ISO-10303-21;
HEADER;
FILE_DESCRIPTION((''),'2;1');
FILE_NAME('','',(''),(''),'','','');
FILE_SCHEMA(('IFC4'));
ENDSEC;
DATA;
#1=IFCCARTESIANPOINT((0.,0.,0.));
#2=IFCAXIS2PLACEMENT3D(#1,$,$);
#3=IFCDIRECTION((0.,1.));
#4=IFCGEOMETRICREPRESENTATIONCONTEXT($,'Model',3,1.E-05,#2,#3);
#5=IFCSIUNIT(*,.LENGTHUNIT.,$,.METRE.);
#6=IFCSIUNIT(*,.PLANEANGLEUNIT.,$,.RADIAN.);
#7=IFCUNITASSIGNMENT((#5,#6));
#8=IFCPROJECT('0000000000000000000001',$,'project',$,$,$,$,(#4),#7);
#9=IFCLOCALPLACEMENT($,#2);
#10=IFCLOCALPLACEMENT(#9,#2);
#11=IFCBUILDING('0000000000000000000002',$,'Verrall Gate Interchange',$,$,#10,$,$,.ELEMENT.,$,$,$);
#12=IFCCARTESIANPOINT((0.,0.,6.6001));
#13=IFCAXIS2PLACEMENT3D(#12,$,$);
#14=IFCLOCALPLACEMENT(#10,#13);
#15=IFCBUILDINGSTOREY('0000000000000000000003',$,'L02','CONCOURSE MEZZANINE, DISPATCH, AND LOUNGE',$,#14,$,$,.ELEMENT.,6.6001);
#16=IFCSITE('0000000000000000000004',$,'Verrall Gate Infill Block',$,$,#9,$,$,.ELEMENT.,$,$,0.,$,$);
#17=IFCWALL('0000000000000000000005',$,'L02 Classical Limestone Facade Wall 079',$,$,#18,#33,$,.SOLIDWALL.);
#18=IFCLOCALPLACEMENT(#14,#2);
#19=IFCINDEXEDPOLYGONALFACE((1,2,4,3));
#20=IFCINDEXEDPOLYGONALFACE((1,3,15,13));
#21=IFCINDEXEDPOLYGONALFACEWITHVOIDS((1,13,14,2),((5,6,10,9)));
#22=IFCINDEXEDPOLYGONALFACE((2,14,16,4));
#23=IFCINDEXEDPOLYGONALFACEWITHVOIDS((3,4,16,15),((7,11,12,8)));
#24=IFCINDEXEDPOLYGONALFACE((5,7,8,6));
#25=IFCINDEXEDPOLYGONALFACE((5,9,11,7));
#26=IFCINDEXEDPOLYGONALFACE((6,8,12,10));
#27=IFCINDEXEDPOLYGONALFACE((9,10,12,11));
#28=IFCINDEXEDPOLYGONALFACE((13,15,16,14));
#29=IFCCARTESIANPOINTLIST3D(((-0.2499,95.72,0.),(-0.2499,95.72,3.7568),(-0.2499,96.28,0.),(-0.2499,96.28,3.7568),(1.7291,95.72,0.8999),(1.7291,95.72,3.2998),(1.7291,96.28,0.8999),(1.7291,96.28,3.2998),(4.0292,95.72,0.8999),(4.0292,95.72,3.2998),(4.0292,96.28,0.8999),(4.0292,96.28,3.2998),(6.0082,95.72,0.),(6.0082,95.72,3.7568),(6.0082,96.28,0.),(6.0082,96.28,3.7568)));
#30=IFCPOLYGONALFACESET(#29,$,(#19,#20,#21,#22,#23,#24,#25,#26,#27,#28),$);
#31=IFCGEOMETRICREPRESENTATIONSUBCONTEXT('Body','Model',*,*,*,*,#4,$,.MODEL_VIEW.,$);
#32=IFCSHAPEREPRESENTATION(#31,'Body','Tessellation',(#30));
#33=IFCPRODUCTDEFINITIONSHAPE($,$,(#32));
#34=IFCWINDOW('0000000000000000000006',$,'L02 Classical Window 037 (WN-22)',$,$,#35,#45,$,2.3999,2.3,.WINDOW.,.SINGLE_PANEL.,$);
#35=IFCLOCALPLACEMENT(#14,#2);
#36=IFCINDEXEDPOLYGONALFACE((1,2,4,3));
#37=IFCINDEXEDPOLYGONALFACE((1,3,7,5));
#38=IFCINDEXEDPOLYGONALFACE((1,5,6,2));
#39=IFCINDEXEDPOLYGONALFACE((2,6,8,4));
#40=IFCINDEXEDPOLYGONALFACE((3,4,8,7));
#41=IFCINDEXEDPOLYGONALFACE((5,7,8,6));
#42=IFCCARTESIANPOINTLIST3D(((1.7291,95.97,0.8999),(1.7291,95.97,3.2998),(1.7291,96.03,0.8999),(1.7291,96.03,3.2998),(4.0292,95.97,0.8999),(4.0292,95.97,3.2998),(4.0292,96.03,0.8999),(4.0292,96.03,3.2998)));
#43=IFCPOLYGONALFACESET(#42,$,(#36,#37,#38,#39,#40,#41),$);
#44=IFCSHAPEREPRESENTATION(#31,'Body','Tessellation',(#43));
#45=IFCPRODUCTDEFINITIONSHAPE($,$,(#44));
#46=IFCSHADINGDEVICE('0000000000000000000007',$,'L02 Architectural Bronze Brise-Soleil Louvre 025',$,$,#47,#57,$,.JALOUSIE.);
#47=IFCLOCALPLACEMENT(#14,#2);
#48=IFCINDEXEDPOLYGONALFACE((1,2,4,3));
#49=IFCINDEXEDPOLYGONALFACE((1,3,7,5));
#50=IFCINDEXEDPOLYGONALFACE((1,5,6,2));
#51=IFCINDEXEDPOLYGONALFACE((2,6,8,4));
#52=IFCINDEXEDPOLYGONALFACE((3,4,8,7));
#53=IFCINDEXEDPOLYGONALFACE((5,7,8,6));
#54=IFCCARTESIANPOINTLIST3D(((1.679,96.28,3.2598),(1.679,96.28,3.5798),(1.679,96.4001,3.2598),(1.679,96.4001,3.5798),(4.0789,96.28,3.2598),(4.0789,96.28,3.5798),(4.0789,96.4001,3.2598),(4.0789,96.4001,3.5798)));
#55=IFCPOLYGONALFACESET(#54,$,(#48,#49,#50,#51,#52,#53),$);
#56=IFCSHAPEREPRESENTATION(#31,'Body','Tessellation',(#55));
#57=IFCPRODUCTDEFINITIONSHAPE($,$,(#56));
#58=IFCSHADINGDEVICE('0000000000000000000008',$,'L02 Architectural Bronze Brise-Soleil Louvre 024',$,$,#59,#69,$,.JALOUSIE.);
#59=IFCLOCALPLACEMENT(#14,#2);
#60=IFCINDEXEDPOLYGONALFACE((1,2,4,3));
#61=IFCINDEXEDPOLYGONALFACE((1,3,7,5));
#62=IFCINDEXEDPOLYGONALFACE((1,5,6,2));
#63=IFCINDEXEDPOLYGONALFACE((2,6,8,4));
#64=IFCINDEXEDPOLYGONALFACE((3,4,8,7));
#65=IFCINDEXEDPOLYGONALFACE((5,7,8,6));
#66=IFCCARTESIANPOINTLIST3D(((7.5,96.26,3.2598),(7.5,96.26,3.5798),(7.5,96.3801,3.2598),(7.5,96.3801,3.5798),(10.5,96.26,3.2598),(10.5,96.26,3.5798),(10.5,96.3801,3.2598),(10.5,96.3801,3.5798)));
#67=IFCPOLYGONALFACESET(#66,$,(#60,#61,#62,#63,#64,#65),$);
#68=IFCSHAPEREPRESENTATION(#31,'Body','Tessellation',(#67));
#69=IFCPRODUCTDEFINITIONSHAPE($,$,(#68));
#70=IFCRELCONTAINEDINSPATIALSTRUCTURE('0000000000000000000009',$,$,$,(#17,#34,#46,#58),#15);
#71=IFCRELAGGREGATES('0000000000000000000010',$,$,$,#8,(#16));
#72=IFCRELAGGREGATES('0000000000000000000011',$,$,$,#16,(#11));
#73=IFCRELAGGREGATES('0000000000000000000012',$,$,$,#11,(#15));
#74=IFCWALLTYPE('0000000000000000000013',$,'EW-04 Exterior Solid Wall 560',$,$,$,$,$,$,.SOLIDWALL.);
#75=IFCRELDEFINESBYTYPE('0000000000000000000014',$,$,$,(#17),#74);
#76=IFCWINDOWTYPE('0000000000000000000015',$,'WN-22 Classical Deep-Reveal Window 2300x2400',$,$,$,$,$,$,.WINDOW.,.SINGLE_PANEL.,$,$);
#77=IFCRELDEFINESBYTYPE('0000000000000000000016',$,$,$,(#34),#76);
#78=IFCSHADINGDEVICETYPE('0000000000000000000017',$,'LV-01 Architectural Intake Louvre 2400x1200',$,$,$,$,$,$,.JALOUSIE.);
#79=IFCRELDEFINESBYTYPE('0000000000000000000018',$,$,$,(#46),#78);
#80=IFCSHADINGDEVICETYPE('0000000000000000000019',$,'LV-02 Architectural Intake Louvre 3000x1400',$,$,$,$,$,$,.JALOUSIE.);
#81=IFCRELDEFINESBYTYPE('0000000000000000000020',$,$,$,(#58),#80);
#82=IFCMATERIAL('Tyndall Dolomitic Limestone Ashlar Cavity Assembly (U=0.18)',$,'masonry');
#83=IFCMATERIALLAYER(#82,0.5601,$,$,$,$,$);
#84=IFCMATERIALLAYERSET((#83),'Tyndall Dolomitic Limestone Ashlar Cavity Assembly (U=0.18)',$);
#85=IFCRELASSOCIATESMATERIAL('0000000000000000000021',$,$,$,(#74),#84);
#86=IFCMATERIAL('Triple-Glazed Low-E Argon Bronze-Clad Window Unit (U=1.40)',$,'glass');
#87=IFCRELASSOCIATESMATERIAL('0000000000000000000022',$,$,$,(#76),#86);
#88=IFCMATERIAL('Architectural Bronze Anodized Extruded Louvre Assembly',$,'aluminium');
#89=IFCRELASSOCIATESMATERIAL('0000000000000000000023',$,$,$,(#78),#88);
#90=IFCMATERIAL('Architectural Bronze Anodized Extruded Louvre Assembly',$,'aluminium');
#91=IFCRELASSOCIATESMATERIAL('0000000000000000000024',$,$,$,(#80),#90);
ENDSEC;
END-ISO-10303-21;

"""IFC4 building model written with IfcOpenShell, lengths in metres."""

from ifc_helpers import new_model, si_unit, direction, frame, frame_2d, origin, origin_2d, place, context, subcontext, project, spatial, rectangle, extrude, material, layer, layer_set, type_object, element, fill, save


model = new_model("IFC4")

# Units and contexts
model_context = context("Model", 3, precision=1e-05, world=origin(), true_north=direction((0.0, 1.0)))
body_context = subcontext(model_context, "Body", "Model", "MODEL_VIEW")
ifc_project = project(units=[si_unit("LENGTHUNIT", "METRE"), si_unit("PLANEANGLEUNIT", "RADIAN")], contexts=[model_context])

# Site, building, storey
site_placement = place(None, origin())
site = spatial("IfcSite", under=ifc_project, at=site_placement, Name="Verrall Gate Infill Block", CompositionType="ELEMENT", RefElevation=0.0)
building_placement = place(site_placement, origin())
building = spatial("IfcBuilding", under=site, at=building_placement, Name="Verrall Gate Interchange", CompositionType="ELEMENT")
storey_placement = place(building_placement, frame((0.0, 0.0, 6.6001)))
storey = spatial("IfcBuildingStorey", under=building, at=storey_placement, Name="L02", Description="CONCOURSE MEZZANINE, DISPATCH, AND LOUNGE", CompositionType="ELEMENT", Elevation=6.6001)

# Wall, opening, window
ifc_material_1 = material(Name="Tyndall Dolomitic Limestone Ashlar Cavity Assembly (U=0.18)", Category="masonry")
ifc_layer_1 = layer(ifc_material_1, 0.5601)
ifc_layer_set_1 = layer_set([ifc_layer_1], Name="Tyndall Dolomitic Limestone Ashlar Cavity Assembly (U=0.18)")
wall_type_1 = type_object("IfcWallType", Name="EW-04 Exterior Solid Wall 560", PredefinedType="SOLIDWALL", material=ifc_layer_set_1)
wall_1_placement = place(storey_placement, frame((6.0081, 96.0, 0.0), z_axis=(0.0, 0.0, 1.0), x_axis=(-1.0, 0.0, 0.0)))
wall_1 = element("IfcWall", 1, at=wall_1_placement, inside=storey, type_object=wall_type_1, Name="L02 Classical Limestone Facade Wall 079", PredefinedType="SOLIDWALL", context=body_context, shape_type="SweptSolid", body=[
    extrude(rectangle(XDim=6.2581, YDim=0.5601, at=frame_2d((3.1289, 0.0))), origin(), (0.0, 0.0, 1.0), 3.7568),
])
opening_1_placement = place(wall_1_placement, frame((1.979, 0.0, 0.8999)))
opening_1 = element("IfcOpeningElement", 2, at=opening_1_placement, cuts=wall_1, PredefinedType="OPENING", context=body_context, shape_type="SweptSolid", body=[
    extrude(rectangle(XDim=2.3, YDim=2.3999, at=frame_2d((1.1499, 1.2))), frame((0.0, 0.2949, 0.0), z_axis=(0.0, -1.0, 0.0), x_axis=(1.0, 0.0, 0.0)), (0.0, 0.0, 1.0), 0.5898),
])
ifc_material_2 = material(Name="Triple-Glazed Low-E Argon Bronze-Clad Window Unit (U=1.40)", Category="glass")
window_type_1 = type_object("IfcWindowType", Name="WN-22 Classical Deep-Reveal Window 2300x2400", PartitioningType="SINGLE_PANEL", PredefinedType="WINDOW", material=ifc_material_2)
window_1_placement = place(opening_1_placement, origin())
window_1 = element("IfcWindow", 3, at=window_1_placement, inside=storey, type_object=window_type_1, Name="L02 Classical Window 037 (WN-22)", OverallHeight=2.3999, OverallWidth=2.3, PartitioningType="SINGLE_PANEL", PredefinedType="WINDOW", context=body_context, shape_type="SweptSolid", body=[
    extrude(rectangle(XDim=2.3, YDim=2.3999, at=frame_2d((1.1499, 1.2))), frame((0.0, 0.03, 0.0), z_axis=(0.0, -1.0, 0.0), x_axis=(1.0, 0.0, 0.0)), (0.0, 0.0, 1.0), 0.0601),
])
fill(opening_1, window_1)

# Shading devices
ifc_material_3 = material(Name="Architectural Bronze Anodized Extruded Louvre Assembly", Category="aluminium")
shading_device_type_1 = type_object("IfcShadingDeviceType", Name="LV-01 Architectural Intake Louvre 2400x1200", PredefinedType="JALOUSIE", material=ifc_material_3)
shading_device_1_placement = place(storey_placement, frame((2.8789, 96.3401, 3.2598), z_axis=(0.0, 0.0, 1.0), x_axis=(-1.0, 0.0, 0.0)))
element("IfcShadingDevice", 4, at=shading_device_1_placement, inside=storey, type_object=shading_device_type_1, Name="L02 Architectural Bronze Brise-Soleil Louvre 025", PredefinedType="JALOUSIE", context=body_context, shape_type="SweptSolid", body=[
    extrude(rectangle(XDim=2.3999, YDim=0.1201, at=origin_2d()), origin(), (0.0, 0.0, 1.0), 0.3201),
])
ifc_material_4 = material(Name="Architectural Bronze Anodized Extruded Louvre Assembly", Category="aluminium")
shading_device_type_2 = type_object("IfcShadingDeviceType", Name="LV-02 Architectural Intake Louvre 3000x1400", PredefinedType="JALOUSIE", material=ifc_material_4)
shading_device_2_placement = place(storey_placement, frame((9.0, 96.3201, 3.2598), z_axis=(0.0, 0.0, 1.0), x_axis=(-1.0, 0.0, 0.0)))
element("IfcShadingDevice", 5, at=shading_device_2_placement, inside=storey, type_object=shading_device_type_2, Name="L02 Architectural Bronze Brise-Soleil Louvre 024", PredefinedType="JALOUSIE", context=body_context, shape_type="SweptSolid", body=[
    extrude(rectangle(XDim=3.0, YDim=0.1201, at=origin_2d()), origin(), (0.0, 0.0, 1.0), 0.3201),
])

save(model, "model.ifc")
